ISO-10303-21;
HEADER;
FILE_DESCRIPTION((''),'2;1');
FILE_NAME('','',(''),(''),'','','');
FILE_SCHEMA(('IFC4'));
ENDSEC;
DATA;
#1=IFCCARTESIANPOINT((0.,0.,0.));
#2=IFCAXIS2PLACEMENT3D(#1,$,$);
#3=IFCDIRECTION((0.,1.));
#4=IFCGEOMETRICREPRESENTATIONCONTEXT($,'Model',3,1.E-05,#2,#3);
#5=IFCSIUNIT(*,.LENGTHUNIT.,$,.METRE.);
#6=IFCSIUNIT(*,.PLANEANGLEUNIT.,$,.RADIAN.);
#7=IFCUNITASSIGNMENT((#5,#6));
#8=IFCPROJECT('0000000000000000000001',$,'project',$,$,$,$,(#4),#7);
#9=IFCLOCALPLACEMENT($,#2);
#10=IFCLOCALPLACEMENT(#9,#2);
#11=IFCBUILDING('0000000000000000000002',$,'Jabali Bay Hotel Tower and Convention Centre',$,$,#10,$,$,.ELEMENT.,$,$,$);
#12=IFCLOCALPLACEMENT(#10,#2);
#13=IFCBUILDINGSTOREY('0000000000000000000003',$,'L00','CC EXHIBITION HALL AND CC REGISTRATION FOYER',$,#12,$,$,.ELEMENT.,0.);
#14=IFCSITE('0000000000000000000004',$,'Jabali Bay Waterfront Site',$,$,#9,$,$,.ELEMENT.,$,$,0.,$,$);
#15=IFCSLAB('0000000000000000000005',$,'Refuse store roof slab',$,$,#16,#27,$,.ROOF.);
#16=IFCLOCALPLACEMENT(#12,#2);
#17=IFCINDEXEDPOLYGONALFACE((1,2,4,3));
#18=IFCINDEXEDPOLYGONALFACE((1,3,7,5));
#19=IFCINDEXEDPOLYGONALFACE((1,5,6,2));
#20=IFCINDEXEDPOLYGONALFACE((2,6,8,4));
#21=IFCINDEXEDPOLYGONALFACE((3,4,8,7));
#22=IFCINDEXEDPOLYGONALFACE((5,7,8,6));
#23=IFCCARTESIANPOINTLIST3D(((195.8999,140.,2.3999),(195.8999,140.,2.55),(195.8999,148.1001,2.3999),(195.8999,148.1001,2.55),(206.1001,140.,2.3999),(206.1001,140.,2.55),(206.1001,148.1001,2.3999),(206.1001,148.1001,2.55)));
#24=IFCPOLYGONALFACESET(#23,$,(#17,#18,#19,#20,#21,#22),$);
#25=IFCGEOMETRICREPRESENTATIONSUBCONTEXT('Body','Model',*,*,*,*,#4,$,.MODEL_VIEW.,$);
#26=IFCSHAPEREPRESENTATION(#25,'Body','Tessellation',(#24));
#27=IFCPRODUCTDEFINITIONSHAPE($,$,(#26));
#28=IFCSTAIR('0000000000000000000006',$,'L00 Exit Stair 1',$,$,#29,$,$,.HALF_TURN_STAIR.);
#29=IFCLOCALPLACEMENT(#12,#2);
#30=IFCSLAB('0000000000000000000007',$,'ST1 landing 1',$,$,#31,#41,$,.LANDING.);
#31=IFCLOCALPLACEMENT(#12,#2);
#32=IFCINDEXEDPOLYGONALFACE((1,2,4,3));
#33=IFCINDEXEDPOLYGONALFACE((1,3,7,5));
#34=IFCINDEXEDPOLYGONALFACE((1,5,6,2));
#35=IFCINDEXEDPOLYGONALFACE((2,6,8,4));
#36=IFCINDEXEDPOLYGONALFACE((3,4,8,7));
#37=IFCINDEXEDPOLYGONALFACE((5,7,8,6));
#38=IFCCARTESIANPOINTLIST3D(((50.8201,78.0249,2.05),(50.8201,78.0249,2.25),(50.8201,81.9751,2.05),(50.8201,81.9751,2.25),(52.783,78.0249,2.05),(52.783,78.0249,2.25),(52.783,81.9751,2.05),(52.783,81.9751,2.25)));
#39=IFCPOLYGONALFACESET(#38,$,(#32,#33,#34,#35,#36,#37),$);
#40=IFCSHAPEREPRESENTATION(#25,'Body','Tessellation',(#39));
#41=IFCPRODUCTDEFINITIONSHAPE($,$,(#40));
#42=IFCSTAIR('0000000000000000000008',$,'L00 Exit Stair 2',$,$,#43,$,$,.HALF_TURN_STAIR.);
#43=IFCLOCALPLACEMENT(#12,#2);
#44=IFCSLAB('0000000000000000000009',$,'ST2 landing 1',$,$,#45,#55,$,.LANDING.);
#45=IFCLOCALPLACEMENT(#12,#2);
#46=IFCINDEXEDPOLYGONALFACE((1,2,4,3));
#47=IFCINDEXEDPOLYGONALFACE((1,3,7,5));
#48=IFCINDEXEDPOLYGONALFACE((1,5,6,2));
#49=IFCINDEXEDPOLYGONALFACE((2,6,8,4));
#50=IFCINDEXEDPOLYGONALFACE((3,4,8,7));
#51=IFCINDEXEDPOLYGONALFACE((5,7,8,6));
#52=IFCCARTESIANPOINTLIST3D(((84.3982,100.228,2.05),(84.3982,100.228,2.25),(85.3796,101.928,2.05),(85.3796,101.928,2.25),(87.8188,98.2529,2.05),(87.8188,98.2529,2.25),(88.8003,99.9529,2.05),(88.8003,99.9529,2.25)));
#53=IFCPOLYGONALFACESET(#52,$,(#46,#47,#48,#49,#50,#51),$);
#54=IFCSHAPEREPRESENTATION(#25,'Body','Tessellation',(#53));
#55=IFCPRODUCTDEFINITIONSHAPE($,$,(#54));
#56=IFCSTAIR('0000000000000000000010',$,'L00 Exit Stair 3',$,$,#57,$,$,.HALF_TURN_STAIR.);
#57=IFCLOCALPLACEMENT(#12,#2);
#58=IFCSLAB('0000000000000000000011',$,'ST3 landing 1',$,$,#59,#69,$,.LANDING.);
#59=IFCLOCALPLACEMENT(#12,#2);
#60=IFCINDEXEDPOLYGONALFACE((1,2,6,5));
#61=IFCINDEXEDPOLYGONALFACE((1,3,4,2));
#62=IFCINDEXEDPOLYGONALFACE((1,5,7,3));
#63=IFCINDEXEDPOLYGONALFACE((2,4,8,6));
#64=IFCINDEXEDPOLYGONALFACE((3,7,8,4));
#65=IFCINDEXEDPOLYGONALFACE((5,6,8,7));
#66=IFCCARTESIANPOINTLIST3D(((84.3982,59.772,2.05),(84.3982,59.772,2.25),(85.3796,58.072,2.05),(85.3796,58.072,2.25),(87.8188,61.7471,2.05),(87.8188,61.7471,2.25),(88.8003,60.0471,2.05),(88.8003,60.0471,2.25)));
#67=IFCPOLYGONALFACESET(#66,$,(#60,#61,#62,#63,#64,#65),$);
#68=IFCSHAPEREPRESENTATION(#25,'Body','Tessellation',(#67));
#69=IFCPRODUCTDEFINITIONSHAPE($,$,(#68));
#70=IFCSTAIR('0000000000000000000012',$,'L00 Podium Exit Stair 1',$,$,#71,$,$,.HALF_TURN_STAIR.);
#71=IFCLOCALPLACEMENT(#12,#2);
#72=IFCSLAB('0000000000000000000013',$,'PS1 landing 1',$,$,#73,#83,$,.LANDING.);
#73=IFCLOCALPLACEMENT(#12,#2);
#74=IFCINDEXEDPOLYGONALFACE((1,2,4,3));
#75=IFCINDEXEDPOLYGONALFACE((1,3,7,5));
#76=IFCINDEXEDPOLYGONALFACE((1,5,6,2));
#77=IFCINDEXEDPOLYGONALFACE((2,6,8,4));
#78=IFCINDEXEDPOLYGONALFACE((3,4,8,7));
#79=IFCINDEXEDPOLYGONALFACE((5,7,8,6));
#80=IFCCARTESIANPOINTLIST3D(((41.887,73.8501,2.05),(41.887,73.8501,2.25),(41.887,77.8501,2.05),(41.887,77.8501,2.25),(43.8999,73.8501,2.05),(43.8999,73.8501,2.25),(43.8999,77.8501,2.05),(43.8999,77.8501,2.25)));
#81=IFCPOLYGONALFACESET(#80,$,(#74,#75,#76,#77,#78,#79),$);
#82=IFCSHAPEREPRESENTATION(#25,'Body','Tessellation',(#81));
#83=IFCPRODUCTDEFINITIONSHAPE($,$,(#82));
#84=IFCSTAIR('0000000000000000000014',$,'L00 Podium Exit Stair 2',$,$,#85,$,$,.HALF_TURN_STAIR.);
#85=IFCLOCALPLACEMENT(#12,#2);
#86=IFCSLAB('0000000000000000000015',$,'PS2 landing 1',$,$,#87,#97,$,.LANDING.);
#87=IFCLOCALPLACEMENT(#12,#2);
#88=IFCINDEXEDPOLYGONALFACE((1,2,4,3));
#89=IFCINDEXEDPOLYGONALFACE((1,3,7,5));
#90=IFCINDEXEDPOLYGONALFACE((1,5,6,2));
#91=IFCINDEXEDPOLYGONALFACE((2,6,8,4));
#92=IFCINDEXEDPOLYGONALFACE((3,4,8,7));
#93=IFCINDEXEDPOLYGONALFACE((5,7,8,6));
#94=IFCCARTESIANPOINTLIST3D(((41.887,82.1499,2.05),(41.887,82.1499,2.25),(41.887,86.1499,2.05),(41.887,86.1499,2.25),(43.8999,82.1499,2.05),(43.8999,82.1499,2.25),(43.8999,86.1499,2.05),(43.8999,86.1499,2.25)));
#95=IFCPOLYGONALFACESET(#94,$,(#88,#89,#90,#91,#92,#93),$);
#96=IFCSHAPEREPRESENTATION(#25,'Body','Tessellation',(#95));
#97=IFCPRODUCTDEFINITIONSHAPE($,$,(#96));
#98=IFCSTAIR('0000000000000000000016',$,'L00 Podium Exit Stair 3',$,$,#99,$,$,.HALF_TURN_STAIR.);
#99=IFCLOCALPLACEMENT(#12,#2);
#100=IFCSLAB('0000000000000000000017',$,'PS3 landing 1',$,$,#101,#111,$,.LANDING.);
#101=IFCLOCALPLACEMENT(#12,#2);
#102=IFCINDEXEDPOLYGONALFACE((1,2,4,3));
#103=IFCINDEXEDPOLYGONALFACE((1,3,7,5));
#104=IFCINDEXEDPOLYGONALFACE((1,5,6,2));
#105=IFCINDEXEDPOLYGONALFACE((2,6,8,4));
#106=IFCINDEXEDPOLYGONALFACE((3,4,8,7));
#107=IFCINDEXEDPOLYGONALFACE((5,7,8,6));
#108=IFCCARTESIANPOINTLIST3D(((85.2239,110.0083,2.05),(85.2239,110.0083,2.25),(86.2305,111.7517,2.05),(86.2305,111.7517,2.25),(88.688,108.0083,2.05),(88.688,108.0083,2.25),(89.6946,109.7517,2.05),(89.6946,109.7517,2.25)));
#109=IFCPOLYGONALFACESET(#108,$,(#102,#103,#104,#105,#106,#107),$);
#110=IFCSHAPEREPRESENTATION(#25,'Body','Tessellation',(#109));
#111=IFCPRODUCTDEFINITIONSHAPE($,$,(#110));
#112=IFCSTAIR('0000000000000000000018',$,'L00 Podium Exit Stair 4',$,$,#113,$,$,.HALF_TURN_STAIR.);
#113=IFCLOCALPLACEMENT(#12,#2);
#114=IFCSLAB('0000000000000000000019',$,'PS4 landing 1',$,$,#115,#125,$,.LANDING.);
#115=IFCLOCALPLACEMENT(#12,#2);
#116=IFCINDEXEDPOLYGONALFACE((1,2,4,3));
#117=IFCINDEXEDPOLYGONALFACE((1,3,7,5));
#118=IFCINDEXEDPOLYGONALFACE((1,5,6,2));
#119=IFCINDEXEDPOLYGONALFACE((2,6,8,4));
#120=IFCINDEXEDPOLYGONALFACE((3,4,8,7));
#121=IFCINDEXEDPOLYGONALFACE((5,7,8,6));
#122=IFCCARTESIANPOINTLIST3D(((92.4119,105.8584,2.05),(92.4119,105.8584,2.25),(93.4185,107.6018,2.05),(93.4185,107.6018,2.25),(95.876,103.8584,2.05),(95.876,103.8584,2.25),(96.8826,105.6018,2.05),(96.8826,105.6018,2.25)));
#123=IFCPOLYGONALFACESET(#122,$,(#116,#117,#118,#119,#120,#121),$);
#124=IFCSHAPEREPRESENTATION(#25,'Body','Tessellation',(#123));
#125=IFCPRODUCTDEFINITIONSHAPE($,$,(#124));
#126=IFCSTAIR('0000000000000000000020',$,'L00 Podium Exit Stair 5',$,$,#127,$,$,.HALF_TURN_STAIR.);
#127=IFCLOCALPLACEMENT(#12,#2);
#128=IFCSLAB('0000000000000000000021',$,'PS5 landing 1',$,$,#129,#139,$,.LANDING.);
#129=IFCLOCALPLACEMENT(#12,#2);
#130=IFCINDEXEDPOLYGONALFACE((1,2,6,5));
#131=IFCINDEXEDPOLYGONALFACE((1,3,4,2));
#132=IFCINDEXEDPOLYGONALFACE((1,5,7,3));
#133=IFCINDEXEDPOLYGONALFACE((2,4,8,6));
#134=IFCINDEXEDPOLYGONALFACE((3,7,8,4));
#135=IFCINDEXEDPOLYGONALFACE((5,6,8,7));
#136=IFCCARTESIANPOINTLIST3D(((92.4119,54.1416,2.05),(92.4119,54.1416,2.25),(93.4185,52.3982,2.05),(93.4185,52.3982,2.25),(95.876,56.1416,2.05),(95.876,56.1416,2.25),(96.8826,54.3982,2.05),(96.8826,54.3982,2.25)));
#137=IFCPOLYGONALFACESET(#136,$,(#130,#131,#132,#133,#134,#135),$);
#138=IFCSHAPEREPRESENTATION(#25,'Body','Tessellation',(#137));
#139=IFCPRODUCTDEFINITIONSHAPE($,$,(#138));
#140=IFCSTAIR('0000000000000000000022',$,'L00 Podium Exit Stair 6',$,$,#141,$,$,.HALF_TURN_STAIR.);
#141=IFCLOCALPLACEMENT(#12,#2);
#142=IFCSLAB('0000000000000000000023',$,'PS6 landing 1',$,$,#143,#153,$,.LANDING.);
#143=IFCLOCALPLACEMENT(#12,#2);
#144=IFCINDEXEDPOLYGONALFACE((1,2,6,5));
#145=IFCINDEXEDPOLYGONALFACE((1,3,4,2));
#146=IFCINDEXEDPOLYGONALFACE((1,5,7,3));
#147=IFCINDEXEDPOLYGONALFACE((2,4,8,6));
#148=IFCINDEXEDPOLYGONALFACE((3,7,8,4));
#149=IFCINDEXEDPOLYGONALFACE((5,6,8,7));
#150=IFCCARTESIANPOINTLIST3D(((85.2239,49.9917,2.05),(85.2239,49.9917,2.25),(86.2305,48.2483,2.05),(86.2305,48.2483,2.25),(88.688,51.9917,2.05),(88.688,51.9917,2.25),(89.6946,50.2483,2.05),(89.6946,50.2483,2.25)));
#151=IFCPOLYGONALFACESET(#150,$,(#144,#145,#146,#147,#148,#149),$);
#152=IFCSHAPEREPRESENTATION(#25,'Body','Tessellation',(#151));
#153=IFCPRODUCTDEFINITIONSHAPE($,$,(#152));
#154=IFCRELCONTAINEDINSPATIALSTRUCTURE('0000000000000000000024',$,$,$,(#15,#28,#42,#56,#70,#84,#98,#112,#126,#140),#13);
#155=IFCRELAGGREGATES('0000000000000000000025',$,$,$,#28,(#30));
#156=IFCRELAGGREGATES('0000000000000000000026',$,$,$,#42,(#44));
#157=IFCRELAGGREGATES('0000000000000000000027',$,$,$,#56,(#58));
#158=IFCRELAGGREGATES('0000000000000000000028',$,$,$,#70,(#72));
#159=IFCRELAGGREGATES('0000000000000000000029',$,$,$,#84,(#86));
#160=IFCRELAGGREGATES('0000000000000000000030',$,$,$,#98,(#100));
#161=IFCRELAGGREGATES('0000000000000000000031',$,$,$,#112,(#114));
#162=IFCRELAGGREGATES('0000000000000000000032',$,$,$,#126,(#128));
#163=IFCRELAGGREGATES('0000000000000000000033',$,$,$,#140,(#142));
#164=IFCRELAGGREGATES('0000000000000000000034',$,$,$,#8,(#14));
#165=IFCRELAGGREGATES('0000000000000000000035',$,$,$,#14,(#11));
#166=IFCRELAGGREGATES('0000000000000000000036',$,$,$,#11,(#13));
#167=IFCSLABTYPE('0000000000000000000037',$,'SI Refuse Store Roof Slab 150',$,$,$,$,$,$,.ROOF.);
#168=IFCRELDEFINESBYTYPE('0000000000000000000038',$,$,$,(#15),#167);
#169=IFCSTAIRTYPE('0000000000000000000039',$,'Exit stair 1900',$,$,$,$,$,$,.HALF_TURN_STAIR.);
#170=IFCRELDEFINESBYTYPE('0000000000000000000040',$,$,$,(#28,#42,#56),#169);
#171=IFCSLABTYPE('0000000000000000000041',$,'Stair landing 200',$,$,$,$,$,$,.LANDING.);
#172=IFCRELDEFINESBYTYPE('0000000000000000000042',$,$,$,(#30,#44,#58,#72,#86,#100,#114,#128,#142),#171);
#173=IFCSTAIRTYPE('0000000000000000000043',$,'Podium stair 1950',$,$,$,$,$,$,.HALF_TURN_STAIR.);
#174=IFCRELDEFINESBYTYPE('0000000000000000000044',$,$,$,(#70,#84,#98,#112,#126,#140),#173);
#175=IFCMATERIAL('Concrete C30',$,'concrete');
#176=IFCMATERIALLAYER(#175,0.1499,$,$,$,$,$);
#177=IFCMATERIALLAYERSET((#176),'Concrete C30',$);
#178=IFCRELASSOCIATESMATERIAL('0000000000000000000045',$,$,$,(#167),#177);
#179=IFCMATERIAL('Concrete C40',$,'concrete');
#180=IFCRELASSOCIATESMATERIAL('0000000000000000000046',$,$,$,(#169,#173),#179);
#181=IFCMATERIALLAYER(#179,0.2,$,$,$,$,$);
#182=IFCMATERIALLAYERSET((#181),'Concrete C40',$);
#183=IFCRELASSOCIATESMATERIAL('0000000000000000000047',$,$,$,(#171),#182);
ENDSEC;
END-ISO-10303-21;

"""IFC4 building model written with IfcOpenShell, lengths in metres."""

from ifc_helpers import new_model, si_unit, direction, frame, origin, place, context, subcontext, project, spatial, polyline, outline, extrude, material, layer, layer_set, type_object, element, aggregate, save


model = new_model("IFC4")

# Units and contexts
model_context = context("Model", 3, precision=1e-05, world=origin(), true_north=direction((0.0, 1.0)))
body_context = subcontext(model_context, "Body", "Model", "MODEL_VIEW")
ifc_project = project(units=[si_unit("LENGTHUNIT", "METRE"), si_unit("PLANEANGLEUNIT", "RADIAN")], contexts=[model_context])

# Site, building, storey
site_placement = place(None, origin())
site = spatial("IfcSite", under=ifc_project, at=site_placement, Name="Jabali Bay Waterfront Site", CompositionType="ELEMENT", RefElevation=0.0)
building_placement = place(site_placement, origin())
building = spatial("IfcBuilding", under=site, at=building_placement, Name="Jabali Bay Hotel Tower and Convention Centre", CompositionType="ELEMENT")
storey_placement = place(building_placement, origin())
storey = spatial("IfcBuildingStorey", under=building, at=storey_placement, Name="L00", Description="CC EXHIBITION HALL AND CC REGISTRATION FOYER", CompositionType="ELEMENT", Elevation=0.0)

# Shared definitions
ifc_material_1 = material(Name="Concrete C40", Category="concrete")

# Slab
ifc_material_2 = material(Name="Concrete C30", Category="concrete")
ifc_layer_1 = layer(ifc_material_2, 0.1499)
ifc_layer_set_1 = layer_set([ifc_layer_1], Name="Concrete C30")
slab_type_1 = type_object("IfcSlabType", Name="SI Refuse Store Roof Slab 150", PredefinedType="ROOF", material=ifc_layer_set_1)
slab_1_placement = place(storey_placement, frame((0.0, 0.0, 2.3999)))
element("IfcSlab", 1, at=slab_1_placement, inside=storey, type_object=slab_type_1, Name="Refuse store roof slab", PredefinedType="ROOF", context=body_context, shape_type="SweptSolid", body=[
    extrude(outline(polyline([(206.1001, 140.0), (206.1001, 148.1001), (195.8999, 148.1001), (195.8999, 140.0), (206.1001, 140.0)])), origin(), (0.0, 0.0, 1.0), 0.1501),
])

# Stairs, slabs
stair_type_1 = type_object("IfcStairType", Name="Exit stair 1900", PredefinedType="HALF_TURN_STAIR", material=ifc_material_1)
stair_1_placement = place(storey_placement, origin())
stair_1 = element("IfcStair", 2, at=stair_1_placement, inside=storey, type_object=stair_type_1, Name="L00 Exit Stair 1", PredefinedType="HALF_TURN_STAIR")
ifc_layer_2 = layer(ifc_material_1, 0.2)
ifc_layer_set_2 = layer_set([ifc_layer_2], Name="Concrete C40")
slab_type_2 = type_object("IfcSlabType", Name="Stair landing 200", PredefinedType="LANDING", material=ifc_layer_set_2)
slab_2_placement = place(storey_placement, frame((0.0, 0.0, 2.05)))
slab_2 = element("IfcSlab", 3, at=slab_2_placement, type_object=slab_type_2, Name="ST1 landing 1", PredefinedType="LANDING", context=body_context, shape_type="SweptSolid", body=[
    extrude(outline(polyline([(52.783, 81.9751), (50.8201, 81.9751), (50.8201, 78.0249), (52.783, 78.0249), (52.783, 81.9751)])), origin(), (0.0, 0.0, 1.0), 0.2),
])
aggregate(stair_1, [slab_2])
stair_2_placement = place(storey_placement, origin())
stair_2 = element("IfcStair", 4, at=stair_2_placement, inside=storey, type_object=stair_type_1, Name="L00 Exit Stair 2", PredefinedType="HALF_TURN_STAIR")
slab_3_placement = place(storey_placement, frame((0.0, 0.0, 2.05)))
slab_3 = element("IfcSlab", 5, at=slab_3_placement, type_object=slab_type_2, Name="ST2 landing 1", PredefinedType="LANDING", context=body_context, shape_type="SweptSolid", body=[
    extrude(outline(polyline([(87.8188, 98.2529), (88.8003, 99.9529), (85.3796, 101.928), (84.3982, 100.228), (87.8188, 98.2529)])), origin(), (0.0, 0.0, 1.0), 0.2),
])
aggregate(stair_2, [slab_3])
stair_3_placement = place(storey_placement, origin())
stair_3 = element("IfcStair", 6, at=stair_3_placement, inside=storey, type_object=stair_type_1, Name="L00 Exit Stair 3", PredefinedType="HALF_TURN_STAIR")
slab_4_placement = place(storey_placement, frame((0.0, 0.0, 2.05)))
slab_4 = element("IfcSlab", 7, at=slab_4_placement, type_object=slab_type_2, Name="ST3 landing 1", PredefinedType="LANDING", context=body_context, shape_type="SweptSolid", body=[
    extrude(outline(polyline([(84.3982, 59.772), (85.3796, 58.072), (88.8003, 60.0471), (87.8188, 61.7471), (84.3982, 59.772)])), origin(), (0.0, 0.0, 1.0), 0.2),
])
aggregate(stair_3, [slab_4])
stair_type_2 = type_object("IfcStairType", Name="Podium stair 1950", PredefinedType="HALF_TURN_STAIR", material=ifc_material_1)
stair_4_placement = place(storey_placement, origin())
stair_4 = element("IfcStair", 8, at=stair_4_placement, inside=storey, type_object=stair_type_2, Name="L00 Podium Exit Stair 1", PredefinedType="HALF_TURN_STAIR")
slab_5_placement = place(storey_placement, frame((0.0, 0.0, 2.05)))
slab_5 = element("IfcSlab", 9, at=slab_5_placement, type_object=slab_type_2, Name="PS1 landing 1", PredefinedType="LANDING", context=body_context, shape_type="SweptSolid", body=[
    extrude(outline(polyline([(41.887, 73.8501), (43.8999, 73.8501), (43.8999, 77.8501), (41.887, 77.8501), (41.887, 73.8501)])), origin(), (0.0, 0.0, 1.0), 0.2),
])
aggregate(stair_4, [slab_5])
stair_5_placement = place(storey_placement, origin())
stair_5 = element("IfcStair", 10, at=stair_5_placement, inside=storey, type_object=stair_type_2, Name="L00 Podium Exit Stair 2", PredefinedType="HALF_TURN_STAIR")
slab_6_placement = place(storey_placement, frame((0.0, 0.0, 2.05)))
slab_6 = element("IfcSlab", 11, at=slab_6_placement, type_object=slab_type_2, Name="PS2 landing 1", PredefinedType="LANDING", context=body_context, shape_type="SweptSolid", body=[
    extrude(outline(polyline([(41.887, 82.1499), (43.8999, 82.1499), (43.8999, 86.1499), (41.887, 86.1499), (41.887, 82.1499)])), origin(), (0.0, 0.0, 1.0), 0.2),
])
aggregate(stair_5, [slab_6])
stair_6_placement = place(storey_placement, origin())
stair_6 = element("IfcStair", 12, at=stair_6_placement, inside=storey, type_object=stair_type_2, Name="L00 Podium Exit Stair 3", PredefinedType="HALF_TURN_STAIR")
slab_7_placement = place(storey_placement, frame((0.0, 0.0, 2.05)))
slab_7 = element("IfcSlab", 13, at=slab_7_placement, type_object=slab_type_2, Name="PS3 landing 1", PredefinedType="LANDING", context=body_context, shape_type="SweptSolid", body=[
    extrude(outline(polyline([(86.2305, 111.7517), (85.2239, 110.0083), (88.688, 108.0083), (89.6946, 109.7517), (86.2305, 111.7517)])), origin(), (0.0, 0.0, 1.0), 0.2),
])
aggregate(stair_6, [slab_7])
stair_7_placement = place(storey_placement, origin())
stair_7 = element("IfcStair", 14, at=stair_7_placement, inside=storey, type_object=stair_type_2, Name="L00 Podium Exit Stair 4", PredefinedType="HALF_TURN_STAIR")
slab_8_placement = place(storey_placement, frame((0.0, 0.0, 2.05)))
slab_8 = element("IfcSlab", 15, at=slab_8_placement, type_object=slab_type_2, Name="PS4 landing 1", PredefinedType="LANDING", context=body_context, shape_type="SweptSolid", body=[
    extrude(outline(polyline([(93.4185, 107.6018), (92.4119, 105.8584), (95.876, 103.8584), (96.8826, 105.6018), (93.4185, 107.6018)])), origin(), (0.0, 0.0, 1.0), 0.2),
])
aggregate(stair_7, [slab_8])
stair_8_placement = place(storey_placement, origin())
stair_8 = element("IfcStair", 16, at=stair_8_placement, inside=storey, type_object=stair_type_2, Name="L00 Podium Exit Stair 5", PredefinedType="HALF_TURN_STAIR")
slab_9_placement = place(storey_placement, frame((0.0, 0.0, 2.05)))
slab_9 = element("IfcSlab", 17, at=slab_9_placement, type_object=slab_type_2, Name="PS5 landing 1", PredefinedType="LANDING", context=body_context, shape_type="SweptSolid", body=[
    extrude(outline(polyline([(96.8826, 54.3982), (95.876, 56.1416), (92.4119, 54.1416), (93.4185, 52.3982), (96.8826, 54.3982)])), origin(), (0.0, 0.0, 1.0), 0.2),
])
aggregate(stair_8, [slab_9])
stair_9_placement = place(storey_placement, origin())
stair_9 = element("IfcStair", 18, at=stair_9_placement, inside=storey, type_object=stair_type_2, Name="L00 Podium Exit Stair 6", PredefinedType="HALF_TURN_STAIR")
slab_10_placement = place(storey_placement, frame((0.0, 0.0, 2.05)))
slab_10 = element("IfcSlab", 19, at=slab_10_placement, type_object=slab_type_2, Name="PS6 landing 1", PredefinedType="LANDING", context=body_context, shape_type="SweptSolid", body=[
    extrude(outline(polyline([(89.6946, 50.2483), (88.688, 51.9917), (85.2239, 49.9917), (86.2305, 48.2483), (89.6946, 50.2483)])), origin(), (0.0, 0.0, 1.0), 0.2),
])
aggregate(stair_9, [slab_10])

save(model, "model.ifc")
